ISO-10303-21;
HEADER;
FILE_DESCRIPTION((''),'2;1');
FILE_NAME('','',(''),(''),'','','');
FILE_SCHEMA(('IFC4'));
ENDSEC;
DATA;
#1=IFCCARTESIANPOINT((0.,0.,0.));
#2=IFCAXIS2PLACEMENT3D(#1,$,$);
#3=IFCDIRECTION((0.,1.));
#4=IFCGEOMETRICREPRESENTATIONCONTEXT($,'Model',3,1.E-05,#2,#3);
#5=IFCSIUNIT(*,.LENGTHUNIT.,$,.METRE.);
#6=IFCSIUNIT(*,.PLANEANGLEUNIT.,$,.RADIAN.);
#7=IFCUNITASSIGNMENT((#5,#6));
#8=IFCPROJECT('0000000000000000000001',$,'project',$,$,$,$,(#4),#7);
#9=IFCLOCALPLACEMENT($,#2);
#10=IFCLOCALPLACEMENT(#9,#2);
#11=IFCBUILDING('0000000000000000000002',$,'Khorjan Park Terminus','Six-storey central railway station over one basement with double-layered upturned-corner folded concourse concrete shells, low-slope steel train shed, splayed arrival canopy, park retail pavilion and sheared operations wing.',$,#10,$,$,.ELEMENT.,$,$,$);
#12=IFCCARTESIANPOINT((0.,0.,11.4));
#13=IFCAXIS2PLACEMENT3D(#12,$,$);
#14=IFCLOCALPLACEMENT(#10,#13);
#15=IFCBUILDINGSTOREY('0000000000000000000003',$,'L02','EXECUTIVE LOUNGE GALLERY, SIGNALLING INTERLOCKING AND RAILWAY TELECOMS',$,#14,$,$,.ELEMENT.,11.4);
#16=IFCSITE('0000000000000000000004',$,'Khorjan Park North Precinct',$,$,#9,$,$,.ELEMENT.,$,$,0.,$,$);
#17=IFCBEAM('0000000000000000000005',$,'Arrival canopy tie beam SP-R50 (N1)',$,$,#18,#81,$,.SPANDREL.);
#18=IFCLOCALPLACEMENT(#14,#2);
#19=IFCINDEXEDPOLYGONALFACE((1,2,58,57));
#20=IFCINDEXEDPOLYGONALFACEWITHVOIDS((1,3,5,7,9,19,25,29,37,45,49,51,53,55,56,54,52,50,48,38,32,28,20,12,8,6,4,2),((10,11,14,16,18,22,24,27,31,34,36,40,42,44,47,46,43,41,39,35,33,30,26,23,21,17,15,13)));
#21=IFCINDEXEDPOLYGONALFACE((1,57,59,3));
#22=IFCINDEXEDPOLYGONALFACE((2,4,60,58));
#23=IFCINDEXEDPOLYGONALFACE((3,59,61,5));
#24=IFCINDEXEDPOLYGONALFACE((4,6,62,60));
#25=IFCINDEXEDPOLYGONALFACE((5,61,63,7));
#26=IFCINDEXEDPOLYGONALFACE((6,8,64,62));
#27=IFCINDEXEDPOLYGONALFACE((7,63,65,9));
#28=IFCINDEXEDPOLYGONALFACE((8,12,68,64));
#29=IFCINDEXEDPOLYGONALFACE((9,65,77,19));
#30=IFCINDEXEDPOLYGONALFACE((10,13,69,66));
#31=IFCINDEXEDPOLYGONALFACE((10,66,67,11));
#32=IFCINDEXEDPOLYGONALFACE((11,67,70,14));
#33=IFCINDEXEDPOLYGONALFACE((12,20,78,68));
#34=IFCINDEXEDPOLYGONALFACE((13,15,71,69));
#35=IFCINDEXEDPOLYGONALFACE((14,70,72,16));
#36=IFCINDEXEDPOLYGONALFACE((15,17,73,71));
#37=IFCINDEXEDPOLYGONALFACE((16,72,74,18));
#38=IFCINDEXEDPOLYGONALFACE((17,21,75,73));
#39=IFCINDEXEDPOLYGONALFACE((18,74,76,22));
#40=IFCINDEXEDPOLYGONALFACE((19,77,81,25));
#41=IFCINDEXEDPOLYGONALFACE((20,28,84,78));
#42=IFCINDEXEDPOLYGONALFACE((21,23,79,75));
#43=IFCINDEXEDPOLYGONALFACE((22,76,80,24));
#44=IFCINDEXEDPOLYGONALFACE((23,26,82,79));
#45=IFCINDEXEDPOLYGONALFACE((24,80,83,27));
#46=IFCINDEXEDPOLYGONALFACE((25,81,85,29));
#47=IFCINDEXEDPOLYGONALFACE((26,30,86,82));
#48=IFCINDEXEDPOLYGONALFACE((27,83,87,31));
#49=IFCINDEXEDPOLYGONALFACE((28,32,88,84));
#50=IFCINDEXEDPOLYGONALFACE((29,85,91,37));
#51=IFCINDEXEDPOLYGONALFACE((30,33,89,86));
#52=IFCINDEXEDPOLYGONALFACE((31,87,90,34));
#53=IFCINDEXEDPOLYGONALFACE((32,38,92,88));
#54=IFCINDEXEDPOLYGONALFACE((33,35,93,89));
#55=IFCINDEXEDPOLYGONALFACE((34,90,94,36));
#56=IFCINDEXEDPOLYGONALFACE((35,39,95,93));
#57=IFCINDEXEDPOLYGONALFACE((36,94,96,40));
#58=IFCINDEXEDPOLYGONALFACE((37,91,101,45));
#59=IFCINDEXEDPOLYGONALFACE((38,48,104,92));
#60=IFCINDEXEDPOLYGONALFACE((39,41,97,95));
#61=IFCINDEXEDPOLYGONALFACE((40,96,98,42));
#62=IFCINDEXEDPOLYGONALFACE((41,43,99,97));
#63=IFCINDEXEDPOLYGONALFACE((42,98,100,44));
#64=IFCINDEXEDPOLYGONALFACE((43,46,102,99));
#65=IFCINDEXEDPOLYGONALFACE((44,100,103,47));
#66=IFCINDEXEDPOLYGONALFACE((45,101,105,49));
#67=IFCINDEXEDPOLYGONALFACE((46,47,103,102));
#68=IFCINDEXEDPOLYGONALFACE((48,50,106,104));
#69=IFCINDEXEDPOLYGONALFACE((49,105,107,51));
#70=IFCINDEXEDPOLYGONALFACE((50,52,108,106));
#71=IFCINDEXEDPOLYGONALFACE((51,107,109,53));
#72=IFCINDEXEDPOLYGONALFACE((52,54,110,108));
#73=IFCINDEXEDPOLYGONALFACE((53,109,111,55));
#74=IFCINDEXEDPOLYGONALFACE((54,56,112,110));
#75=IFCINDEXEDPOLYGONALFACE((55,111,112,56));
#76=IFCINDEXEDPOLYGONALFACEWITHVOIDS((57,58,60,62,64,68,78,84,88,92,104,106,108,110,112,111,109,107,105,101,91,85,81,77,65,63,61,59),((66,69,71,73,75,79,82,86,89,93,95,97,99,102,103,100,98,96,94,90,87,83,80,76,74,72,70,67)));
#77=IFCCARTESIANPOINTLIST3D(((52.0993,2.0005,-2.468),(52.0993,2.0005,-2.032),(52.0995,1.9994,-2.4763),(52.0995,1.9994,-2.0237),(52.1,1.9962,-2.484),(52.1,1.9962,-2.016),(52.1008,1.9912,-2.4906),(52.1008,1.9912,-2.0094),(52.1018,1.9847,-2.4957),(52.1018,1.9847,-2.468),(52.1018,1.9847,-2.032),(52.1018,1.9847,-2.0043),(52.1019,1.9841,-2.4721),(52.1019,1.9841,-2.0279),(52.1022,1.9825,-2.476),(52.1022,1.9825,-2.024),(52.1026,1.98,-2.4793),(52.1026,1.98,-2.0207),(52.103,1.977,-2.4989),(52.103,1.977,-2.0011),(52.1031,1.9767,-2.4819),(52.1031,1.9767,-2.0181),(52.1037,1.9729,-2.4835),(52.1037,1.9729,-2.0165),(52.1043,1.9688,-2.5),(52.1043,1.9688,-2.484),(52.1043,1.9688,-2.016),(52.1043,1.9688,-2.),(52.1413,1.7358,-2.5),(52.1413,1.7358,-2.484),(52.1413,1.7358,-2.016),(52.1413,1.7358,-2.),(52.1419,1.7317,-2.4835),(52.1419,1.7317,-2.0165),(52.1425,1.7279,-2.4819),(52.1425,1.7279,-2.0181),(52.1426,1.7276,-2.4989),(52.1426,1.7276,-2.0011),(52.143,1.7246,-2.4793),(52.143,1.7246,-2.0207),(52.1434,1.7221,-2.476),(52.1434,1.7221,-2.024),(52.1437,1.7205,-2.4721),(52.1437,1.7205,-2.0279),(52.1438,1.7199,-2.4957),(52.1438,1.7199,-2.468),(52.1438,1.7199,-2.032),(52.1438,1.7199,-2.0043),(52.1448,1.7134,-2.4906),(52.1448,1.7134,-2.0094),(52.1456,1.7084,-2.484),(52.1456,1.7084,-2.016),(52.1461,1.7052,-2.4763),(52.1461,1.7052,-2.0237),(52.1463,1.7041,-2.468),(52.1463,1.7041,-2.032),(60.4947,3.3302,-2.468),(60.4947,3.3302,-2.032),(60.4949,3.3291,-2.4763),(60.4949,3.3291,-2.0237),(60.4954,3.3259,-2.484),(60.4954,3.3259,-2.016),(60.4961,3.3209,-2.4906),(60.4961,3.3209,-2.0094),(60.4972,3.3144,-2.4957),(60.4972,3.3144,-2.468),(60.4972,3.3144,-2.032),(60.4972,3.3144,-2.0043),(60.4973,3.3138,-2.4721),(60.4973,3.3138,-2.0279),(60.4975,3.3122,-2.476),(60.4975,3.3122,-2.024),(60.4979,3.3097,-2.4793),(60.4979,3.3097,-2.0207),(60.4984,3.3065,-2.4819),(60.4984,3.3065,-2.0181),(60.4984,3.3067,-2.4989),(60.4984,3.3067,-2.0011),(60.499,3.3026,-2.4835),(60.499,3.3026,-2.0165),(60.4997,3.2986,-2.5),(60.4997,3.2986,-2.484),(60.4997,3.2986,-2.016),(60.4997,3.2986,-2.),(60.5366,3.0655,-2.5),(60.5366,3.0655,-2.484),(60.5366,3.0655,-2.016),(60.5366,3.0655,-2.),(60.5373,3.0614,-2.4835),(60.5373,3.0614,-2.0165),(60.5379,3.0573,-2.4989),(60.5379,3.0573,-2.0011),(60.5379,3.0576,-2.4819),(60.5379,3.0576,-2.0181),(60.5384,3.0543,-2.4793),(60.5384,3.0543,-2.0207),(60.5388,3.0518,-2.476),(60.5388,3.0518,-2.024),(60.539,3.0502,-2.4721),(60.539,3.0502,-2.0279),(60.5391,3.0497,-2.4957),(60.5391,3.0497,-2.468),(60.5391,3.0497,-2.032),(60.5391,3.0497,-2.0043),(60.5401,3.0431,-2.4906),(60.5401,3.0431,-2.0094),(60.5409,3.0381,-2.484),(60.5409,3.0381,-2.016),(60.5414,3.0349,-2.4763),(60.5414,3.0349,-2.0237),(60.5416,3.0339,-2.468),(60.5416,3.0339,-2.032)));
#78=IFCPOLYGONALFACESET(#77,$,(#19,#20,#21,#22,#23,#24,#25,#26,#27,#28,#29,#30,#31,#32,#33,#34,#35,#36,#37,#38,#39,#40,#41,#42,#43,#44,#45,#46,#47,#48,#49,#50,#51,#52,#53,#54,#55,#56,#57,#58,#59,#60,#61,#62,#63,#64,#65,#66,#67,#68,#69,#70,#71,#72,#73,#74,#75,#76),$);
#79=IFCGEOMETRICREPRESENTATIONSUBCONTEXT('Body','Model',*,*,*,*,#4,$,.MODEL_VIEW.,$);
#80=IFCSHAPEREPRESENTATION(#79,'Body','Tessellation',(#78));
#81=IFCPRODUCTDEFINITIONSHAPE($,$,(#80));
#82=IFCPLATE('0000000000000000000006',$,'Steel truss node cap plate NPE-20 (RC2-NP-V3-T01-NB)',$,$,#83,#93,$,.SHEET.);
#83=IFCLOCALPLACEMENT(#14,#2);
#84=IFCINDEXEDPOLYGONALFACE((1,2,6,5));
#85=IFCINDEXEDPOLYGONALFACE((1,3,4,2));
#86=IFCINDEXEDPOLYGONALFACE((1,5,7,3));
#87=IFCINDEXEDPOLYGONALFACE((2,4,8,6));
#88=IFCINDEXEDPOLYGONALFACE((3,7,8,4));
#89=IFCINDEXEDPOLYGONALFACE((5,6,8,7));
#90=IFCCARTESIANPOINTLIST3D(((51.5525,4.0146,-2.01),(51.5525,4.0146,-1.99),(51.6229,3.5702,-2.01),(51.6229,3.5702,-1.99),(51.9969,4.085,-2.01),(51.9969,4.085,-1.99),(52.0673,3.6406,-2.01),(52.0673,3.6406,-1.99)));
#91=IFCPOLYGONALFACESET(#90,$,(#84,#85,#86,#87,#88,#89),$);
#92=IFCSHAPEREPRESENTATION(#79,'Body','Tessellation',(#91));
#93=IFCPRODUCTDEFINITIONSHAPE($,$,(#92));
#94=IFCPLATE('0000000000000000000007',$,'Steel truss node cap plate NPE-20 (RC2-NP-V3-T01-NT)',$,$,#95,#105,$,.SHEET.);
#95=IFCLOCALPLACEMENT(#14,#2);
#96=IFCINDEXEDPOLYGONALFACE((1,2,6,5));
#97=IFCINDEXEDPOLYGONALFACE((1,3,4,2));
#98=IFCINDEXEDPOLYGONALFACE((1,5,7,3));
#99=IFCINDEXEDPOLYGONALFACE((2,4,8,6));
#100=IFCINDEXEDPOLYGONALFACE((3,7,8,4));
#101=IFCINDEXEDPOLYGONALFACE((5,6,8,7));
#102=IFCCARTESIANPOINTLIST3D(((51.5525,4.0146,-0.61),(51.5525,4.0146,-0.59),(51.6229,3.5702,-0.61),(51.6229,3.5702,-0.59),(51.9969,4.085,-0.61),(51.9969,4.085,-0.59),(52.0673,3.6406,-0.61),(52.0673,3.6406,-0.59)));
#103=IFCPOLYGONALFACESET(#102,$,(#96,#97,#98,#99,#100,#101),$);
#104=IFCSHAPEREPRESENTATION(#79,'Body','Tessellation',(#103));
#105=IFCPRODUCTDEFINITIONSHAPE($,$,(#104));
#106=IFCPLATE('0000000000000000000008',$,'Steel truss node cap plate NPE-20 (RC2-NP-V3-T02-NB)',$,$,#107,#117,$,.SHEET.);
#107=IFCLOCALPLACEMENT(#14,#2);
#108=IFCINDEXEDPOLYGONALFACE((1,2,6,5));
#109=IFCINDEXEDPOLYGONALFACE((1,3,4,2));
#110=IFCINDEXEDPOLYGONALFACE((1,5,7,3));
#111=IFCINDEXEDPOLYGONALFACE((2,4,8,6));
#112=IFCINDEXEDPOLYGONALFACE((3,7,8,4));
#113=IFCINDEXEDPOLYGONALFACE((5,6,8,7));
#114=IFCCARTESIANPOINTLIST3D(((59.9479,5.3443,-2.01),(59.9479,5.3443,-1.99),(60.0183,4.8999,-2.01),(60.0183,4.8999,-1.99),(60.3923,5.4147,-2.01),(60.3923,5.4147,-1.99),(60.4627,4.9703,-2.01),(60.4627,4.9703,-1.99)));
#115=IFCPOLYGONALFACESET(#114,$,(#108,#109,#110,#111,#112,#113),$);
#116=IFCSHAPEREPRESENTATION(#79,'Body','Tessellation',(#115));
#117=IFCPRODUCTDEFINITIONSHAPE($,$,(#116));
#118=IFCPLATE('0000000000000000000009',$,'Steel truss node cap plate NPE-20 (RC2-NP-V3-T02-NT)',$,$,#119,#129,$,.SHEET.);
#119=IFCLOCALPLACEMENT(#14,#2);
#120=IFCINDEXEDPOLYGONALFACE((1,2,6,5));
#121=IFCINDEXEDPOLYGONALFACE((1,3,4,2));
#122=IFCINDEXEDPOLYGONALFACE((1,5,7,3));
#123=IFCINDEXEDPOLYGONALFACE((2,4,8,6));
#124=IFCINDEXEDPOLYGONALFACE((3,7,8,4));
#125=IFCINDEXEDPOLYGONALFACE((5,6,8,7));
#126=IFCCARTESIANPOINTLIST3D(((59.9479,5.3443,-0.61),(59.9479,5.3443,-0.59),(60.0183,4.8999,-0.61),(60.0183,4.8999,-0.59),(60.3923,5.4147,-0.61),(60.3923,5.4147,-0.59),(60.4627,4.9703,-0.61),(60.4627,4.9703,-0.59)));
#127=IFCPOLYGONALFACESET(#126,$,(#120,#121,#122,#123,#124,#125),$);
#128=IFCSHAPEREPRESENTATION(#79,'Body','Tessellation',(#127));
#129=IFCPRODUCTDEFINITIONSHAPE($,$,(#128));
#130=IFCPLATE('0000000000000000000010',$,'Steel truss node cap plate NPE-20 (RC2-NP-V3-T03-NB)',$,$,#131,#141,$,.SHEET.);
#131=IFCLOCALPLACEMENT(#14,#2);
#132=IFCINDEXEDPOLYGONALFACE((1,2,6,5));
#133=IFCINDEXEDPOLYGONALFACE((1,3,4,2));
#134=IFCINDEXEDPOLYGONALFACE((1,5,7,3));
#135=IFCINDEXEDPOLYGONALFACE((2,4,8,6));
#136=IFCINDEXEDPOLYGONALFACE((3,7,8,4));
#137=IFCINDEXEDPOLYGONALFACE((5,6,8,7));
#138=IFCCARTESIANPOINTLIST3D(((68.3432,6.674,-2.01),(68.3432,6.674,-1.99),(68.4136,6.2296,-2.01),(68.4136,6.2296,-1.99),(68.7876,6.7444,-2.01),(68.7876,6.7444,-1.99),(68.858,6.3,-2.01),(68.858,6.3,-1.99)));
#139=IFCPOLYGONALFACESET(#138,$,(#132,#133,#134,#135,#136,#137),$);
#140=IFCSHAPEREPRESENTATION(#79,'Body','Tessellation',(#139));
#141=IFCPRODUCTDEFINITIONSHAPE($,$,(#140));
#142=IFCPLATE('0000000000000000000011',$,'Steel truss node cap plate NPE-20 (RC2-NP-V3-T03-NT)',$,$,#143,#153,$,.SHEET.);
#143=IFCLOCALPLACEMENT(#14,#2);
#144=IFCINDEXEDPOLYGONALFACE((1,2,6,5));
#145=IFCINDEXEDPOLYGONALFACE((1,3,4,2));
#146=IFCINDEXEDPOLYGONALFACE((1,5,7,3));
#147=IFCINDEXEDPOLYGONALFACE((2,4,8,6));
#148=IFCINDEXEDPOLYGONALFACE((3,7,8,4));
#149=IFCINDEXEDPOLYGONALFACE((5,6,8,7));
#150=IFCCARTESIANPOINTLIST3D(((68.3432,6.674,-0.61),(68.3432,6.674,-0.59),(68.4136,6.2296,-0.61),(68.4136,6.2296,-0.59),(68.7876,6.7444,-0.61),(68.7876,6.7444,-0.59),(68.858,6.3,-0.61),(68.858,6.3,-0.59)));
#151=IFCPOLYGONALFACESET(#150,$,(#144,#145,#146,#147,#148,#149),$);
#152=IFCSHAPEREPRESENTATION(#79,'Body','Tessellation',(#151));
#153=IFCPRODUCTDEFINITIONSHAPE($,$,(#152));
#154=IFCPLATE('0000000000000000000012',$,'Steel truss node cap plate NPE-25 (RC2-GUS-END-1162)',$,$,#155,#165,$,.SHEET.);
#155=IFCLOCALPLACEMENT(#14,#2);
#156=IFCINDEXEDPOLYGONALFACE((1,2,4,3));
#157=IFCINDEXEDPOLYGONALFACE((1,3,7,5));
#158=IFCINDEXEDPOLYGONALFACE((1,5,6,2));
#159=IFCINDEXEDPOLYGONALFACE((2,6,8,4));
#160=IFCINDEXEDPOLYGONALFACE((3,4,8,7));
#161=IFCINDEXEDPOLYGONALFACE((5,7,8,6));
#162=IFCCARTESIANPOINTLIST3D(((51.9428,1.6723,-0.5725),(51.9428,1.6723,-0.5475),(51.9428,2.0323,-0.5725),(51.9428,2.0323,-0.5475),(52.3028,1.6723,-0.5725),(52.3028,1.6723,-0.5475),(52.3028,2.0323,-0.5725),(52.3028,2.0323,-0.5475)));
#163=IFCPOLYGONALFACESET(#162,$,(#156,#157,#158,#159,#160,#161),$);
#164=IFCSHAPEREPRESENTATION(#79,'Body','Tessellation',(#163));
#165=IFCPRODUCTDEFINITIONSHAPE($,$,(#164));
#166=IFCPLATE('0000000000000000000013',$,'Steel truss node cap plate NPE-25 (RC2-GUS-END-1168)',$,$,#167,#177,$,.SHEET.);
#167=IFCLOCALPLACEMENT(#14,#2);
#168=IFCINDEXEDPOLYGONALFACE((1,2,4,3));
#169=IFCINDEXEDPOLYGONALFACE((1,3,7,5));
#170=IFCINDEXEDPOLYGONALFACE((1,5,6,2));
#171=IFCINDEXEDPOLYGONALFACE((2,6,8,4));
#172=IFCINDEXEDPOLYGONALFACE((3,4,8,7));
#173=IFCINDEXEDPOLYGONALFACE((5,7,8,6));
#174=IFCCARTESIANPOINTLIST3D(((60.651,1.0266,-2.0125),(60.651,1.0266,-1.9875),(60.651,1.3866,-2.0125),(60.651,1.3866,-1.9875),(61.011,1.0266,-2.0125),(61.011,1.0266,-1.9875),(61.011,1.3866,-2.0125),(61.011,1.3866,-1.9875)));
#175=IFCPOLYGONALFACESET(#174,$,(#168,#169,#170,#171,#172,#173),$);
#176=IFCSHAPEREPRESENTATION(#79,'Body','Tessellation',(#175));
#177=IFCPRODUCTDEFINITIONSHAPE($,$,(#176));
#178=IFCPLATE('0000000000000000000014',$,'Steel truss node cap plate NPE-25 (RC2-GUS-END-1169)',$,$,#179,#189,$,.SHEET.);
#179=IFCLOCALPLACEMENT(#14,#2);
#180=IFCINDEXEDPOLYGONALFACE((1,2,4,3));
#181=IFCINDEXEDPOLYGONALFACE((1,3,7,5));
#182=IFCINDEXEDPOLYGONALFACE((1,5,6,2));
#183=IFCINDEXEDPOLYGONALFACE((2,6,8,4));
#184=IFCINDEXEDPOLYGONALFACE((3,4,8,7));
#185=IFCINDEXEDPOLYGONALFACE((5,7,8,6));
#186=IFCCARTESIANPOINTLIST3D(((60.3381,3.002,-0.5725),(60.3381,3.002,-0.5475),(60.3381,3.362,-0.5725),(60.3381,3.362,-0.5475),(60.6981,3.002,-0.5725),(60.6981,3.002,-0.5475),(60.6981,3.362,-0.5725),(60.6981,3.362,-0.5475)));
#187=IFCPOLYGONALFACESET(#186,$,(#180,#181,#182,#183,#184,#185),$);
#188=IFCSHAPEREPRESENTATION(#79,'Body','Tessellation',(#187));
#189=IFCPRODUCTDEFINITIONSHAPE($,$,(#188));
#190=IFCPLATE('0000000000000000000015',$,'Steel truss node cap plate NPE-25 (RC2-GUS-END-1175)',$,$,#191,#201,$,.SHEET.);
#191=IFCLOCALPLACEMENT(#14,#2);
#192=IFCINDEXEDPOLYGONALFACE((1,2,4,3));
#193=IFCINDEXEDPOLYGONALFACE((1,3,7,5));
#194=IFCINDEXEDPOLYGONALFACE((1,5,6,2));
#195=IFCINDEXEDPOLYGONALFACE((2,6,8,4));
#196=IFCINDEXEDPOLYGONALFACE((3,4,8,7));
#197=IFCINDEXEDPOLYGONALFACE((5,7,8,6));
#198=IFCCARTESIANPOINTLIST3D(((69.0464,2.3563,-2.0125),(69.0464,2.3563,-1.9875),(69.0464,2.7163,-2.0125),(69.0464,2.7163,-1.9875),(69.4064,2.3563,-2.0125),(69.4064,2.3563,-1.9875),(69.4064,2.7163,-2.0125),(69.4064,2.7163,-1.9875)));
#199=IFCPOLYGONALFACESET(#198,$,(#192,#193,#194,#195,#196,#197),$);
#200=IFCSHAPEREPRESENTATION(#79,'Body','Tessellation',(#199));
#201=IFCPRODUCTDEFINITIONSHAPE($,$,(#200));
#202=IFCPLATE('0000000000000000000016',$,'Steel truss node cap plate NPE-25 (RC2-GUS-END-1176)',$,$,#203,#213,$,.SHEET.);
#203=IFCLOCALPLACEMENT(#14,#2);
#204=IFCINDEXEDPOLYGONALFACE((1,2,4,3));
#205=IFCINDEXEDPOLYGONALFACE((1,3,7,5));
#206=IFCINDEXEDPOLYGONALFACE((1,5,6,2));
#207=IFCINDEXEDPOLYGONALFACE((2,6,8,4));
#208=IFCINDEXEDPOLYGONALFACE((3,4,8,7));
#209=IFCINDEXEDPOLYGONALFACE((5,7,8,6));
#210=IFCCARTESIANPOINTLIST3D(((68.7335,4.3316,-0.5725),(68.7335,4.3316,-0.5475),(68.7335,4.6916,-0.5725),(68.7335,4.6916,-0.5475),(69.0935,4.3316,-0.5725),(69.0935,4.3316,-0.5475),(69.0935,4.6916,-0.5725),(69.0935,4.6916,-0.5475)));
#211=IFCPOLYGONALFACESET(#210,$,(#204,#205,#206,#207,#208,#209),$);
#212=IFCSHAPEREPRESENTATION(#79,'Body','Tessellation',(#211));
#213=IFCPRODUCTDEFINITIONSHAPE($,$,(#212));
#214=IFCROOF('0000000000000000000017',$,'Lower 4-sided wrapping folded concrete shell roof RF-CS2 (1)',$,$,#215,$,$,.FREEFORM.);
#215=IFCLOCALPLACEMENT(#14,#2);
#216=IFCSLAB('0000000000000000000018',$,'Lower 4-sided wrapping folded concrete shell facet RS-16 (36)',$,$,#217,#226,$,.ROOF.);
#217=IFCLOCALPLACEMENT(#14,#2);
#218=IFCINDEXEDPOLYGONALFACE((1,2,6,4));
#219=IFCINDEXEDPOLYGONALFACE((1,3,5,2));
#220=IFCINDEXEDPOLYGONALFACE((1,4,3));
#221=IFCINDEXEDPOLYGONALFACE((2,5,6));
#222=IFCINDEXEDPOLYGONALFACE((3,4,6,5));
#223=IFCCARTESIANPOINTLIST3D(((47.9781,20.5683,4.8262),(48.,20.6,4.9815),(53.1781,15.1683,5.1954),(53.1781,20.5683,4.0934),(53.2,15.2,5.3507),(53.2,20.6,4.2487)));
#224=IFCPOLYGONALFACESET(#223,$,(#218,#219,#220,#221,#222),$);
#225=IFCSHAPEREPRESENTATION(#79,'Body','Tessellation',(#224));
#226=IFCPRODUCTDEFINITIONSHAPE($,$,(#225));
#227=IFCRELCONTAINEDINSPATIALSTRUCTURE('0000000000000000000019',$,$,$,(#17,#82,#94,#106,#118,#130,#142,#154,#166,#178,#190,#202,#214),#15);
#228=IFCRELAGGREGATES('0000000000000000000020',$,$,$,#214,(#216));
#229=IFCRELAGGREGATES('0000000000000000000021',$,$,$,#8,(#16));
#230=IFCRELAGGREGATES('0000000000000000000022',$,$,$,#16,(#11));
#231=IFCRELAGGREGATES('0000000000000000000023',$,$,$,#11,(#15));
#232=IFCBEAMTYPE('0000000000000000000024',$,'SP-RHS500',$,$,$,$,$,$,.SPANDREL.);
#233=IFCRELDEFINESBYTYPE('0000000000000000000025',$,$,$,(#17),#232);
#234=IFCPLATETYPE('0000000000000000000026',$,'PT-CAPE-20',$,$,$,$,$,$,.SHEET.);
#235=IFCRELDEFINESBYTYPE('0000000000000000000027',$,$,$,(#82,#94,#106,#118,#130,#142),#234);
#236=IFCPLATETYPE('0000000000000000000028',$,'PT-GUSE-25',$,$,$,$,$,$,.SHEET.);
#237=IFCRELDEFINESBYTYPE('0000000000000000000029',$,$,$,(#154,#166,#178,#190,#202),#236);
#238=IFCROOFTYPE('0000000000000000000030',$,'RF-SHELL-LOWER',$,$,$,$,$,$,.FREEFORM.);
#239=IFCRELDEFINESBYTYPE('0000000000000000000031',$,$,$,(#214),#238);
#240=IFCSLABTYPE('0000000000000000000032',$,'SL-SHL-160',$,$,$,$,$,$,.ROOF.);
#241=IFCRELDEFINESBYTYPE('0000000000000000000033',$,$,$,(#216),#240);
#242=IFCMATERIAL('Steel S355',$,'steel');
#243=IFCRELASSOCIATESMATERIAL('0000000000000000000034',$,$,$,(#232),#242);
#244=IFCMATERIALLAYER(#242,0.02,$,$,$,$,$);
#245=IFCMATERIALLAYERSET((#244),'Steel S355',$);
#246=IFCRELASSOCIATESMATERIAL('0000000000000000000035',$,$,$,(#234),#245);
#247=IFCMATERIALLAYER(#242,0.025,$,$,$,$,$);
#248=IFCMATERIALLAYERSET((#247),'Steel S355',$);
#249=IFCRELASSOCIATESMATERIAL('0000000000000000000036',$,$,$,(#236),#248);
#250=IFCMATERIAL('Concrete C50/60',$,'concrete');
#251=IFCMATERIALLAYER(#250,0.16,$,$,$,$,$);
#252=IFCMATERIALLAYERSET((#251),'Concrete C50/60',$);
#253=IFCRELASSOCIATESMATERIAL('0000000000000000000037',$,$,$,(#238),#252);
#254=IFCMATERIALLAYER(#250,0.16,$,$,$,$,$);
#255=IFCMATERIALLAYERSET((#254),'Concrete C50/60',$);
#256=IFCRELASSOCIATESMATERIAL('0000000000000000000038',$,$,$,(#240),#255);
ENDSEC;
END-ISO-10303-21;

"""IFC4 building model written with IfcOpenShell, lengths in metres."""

from ifc_helpers import new_model, si_unit, direction, frame, origin, origin_2d, place, context, subcontext, project, spatial, polyline, rectangle, hollow_rectangle, outline, extrude, material, layer, layer_set, material_profile, profile_set, type_object, element, aggregate, save


model = new_model("IFC4")

# Units and contexts
model_context = context("Model", 3, precision=1e-05, world=origin(), true_north=direction((0.0, 1.0)))
body_context = subcontext(model_context, "Body", "Model", "MODEL_VIEW")
ifc_project = project(units=[si_unit("LENGTHUNIT", "METRE"), si_unit("PLANEANGLEUNIT", "RADIAN")], contexts=[model_context])

# Site, building, storey
site_placement = place(None, origin())
site = spatial("IfcSite", under=ifc_project, at=site_placement, Name="Khorjan Park North Precinct", CompositionType="ELEMENT", RefElevation=0.0)
building_placement = place(site_placement, origin())
building = spatial("IfcBuilding", under=site, at=building_placement, Name="Khorjan Park Terminus", Description="Six-storey central railway station over one basement with double-layered upturned-corner folded concourse concrete shells, low-slope steel train shed, splayed arrival canopy, park retail pavilion and sheared operations wing.", CompositionType="ELEMENT")
storey_placement = place(building_placement, frame((0.0, 0.0, 11.4)))
storey = spatial("IfcBuildingStorey", under=building, at=storey_placement, Name="L02", Description="EXECUTIVE LOUNGE GALLERY, SIGNALLING INTERLOCKING AND RAILWAY TELECOMS", CompositionType="ELEMENT", Elevation=11.4)

# Shared definitions
ifc_material_1 = material(Name="Steel S355", Category="steel")

# Beam
ifc_material_profile_1 = material_profile(ifc_material_1, hollow_rectangle(XDim=0.3, YDim=0.5, WallThickness=0.016, InnerFilletRadius=0.016, OuterFilletRadius=0.032, at=origin_2d()), Name="RHS 500x300x16")
ifc_profile_set_1 = profile_set([ifc_material_profile_1], Name="Steel S355")
beam_type_1 = type_object("IfcBeamType", Name="SP-RHS500", PredefinedType="SPANDREL", material=ifc_profile_set_1)
beam_1_placement = place(storey_placement, frame((52.1228, 1.8523, -2.25), z_axis=(0.987688, 0.156436, 0.0), x_axis=(-0.156436, 0.987688, 0.0)))
element("IfcBeam", 1, at=beam_1_placement, inside=storey, type_object=beam_type_1, Name="Arrival canopy tie beam SP-R50 (N1)", PredefinedType="SPANDREL", context=body_context, shape_type="SweptSolid", body=[
    extrude(hollow_rectangle(XDim=0.3, YDim=0.5, WallThickness=0.016, InnerFilletRadius=0.016, OuterFilletRadius=0.032, at=origin_2d()), origin(), (0.0, 0.0, 1.0), 8.5),
])

# Plates
ifc_layer_1 = layer(ifc_material_1, 0.02)
ifc_layer_set_1 = layer_set([ifc_layer_1], Name="Steel S355")
plate_type_1 = type_object("IfcPlateType", Name="PT-CAPE-20", PredefinedType="SHEET", material=ifc_layer_set_1)
for number, where, z_axis, x_axis, name in (
    (2, (51.8099, 3.8276, -2.01), (0.0, 0.0, 1.0), (0.987688, 0.156434, 0.0), "Steel truss node cap plate NPE-20 (RC2-NP-V3-T01-NB)"),
    (3, (51.8099, 3.8276, -0.61), (0.0, 0.0, 1.0), (0.987688, 0.156434, 0.0), "Steel truss node cap plate NPE-20 (RC2-NP-V3-T01-NT)"),
    (4, (60.2053, 5.1573, -2.01), (0.0, 0.0, 1.0), (0.987688, 0.156434, 0.0), "Steel truss node cap plate NPE-20 (RC2-NP-V3-T02-NB)"),
    (5, (60.2053, 5.1573, -0.61), (0.0, 0.0, 1.0), (0.987688, 0.156434, 0.0), "Steel truss node cap plate NPE-20 (RC2-NP-V3-T02-NT)"),
    (6, (68.6006, 6.487, -2.01), (0.0, 0.0, 1.0), (0.987688, 0.156434, 0.0), "Steel truss node cap plate NPE-20 (RC2-NP-V3-T03-NB)"),
    (7, (68.6006, 6.487, -0.61), (0.0, 0.0, 1.0), (0.987688, 0.156434, 0.0), "Steel truss node cap plate NPE-20 (RC2-NP-V3-T03-NT)"),
):
    element("IfcPlate", number, at=place(storey_placement, frame(where, z_axis=z_axis, x_axis=x_axis)), inside=storey, type_object=plate_type_1, Name=name, PredefinedType="SHEET", context=body_context, shape_type="SweptSolid", body=[
        extrude(rectangle(XDim=0.45, YDim=0.45, at=origin_2d()), origin(), (0.0, 0.0, 1.0), 0.02),
    ])
ifc_layer_2 = layer(ifc_material_1, 0.025)
ifc_layer_set_2 = layer_set([ifc_layer_2], Name="Steel S355")
plate_type_2 = type_object("IfcPlateType", Name="PT-GUSE-25", PredefinedType="SHEET", material=ifc_layer_set_2)
for number, where, z_axis, x_axis, name in (
    (8, (52.1228, 1.8523, -0.5725), (0.0, 0.0, 1.0), (1.0, 0.0, 0.0), "Steel truss node cap plate NPE-25 (RC2-GUS-END-1162)"),
    (9, (60.831, 1.2066, -2.0125), (0.0, 0.0, 1.0), (1.0, 0.0, 0.0), "Steel truss node cap plate NPE-25 (RC2-GUS-END-1168)"),
    (10, (60.5181, 3.182, -0.5725), (0.0, 0.0, 1.0), (1.0, 0.0, 0.0), "Steel truss node cap plate NPE-25 (RC2-GUS-END-1169)"),
    (11, (69.2264, 2.5363, -2.0125), (0.0, 0.0, 1.0), (1.0, 0.0, 0.0), "Steel truss node cap plate NPE-25 (RC2-GUS-END-1175)"),
    (12, (68.9135, 4.5116, -0.5725), (0.0, 0.0, 1.0), (1.0, 0.0, 0.0), "Steel truss node cap plate NPE-25 (RC2-GUS-END-1176)"),
):
    element("IfcPlate", number, at=place(storey_placement, frame(where, z_axis=z_axis, x_axis=x_axis)), inside=storey, type_object=plate_type_2, Name=name, PredefinedType="SHEET", context=body_context, shape_type="SweptSolid", body=[
        extrude(rectangle(XDim=0.36, YDim=0.36, at=origin_2d()), origin(), (0.0, 0.0, 1.0), 0.025),
    ])

# Roof, slab
ifc_material_2 = material(Name="Concrete C50/60", Category="concrete")
ifc_layer_3 = layer(ifc_material_2, 0.16)
ifc_layer_set_3 = layer_set([ifc_layer_3], Name="Concrete C50/60")
roof_type = type_object("IfcRoofType", Name="RF-SHELL-LOWER", PredefinedType="FREEFORM", material=ifc_layer_set_3)
roof_placement = place(storey_placement, origin())
roof = element("IfcRoof", 13, at=roof_placement, inside=storey, type_object=roof_type, Name="Lower 4-sided wrapping folded concrete shell roof RF-CS2 (1)", PredefinedType="FREEFORM")
ifc_layer_4 = layer(ifc_material_2, 0.16)
ifc_layer_set_4 = layer_set([ifc_layer_4], Name="Concrete C50/60")
slab_type = type_object("IfcSlabType", Name="SL-SHL-160", PredefinedType="ROOF", material=ifc_layer_set_4)
slab_1_placement = place(storey_placement, frame((53.2, 15.2, 5.3507), z_axis=(0.136779, 0.198074, 0.970597), x_axis=(0.0, 0.979806, -0.199953)))
slab_1 = element("IfcSlab", 14, at=slab_1_placement, type_object=slab_type, Name="Lower 4-sided wrapping folded concrete shell facet RS-16 (36)", PredefinedType="ROOF", context=body_context, shape_type="SweptSolid", body=[
    extrude(outline(polyline([(0.0, 0.0), (5.5113, 0.0), (5.3648, 5.2493), (0.0, 0.0)])), origin(), (0.0, 0.0, -1.0), 0.16),
])
aggregate(roof, [slab_1])

save(model, "model.ifc")
